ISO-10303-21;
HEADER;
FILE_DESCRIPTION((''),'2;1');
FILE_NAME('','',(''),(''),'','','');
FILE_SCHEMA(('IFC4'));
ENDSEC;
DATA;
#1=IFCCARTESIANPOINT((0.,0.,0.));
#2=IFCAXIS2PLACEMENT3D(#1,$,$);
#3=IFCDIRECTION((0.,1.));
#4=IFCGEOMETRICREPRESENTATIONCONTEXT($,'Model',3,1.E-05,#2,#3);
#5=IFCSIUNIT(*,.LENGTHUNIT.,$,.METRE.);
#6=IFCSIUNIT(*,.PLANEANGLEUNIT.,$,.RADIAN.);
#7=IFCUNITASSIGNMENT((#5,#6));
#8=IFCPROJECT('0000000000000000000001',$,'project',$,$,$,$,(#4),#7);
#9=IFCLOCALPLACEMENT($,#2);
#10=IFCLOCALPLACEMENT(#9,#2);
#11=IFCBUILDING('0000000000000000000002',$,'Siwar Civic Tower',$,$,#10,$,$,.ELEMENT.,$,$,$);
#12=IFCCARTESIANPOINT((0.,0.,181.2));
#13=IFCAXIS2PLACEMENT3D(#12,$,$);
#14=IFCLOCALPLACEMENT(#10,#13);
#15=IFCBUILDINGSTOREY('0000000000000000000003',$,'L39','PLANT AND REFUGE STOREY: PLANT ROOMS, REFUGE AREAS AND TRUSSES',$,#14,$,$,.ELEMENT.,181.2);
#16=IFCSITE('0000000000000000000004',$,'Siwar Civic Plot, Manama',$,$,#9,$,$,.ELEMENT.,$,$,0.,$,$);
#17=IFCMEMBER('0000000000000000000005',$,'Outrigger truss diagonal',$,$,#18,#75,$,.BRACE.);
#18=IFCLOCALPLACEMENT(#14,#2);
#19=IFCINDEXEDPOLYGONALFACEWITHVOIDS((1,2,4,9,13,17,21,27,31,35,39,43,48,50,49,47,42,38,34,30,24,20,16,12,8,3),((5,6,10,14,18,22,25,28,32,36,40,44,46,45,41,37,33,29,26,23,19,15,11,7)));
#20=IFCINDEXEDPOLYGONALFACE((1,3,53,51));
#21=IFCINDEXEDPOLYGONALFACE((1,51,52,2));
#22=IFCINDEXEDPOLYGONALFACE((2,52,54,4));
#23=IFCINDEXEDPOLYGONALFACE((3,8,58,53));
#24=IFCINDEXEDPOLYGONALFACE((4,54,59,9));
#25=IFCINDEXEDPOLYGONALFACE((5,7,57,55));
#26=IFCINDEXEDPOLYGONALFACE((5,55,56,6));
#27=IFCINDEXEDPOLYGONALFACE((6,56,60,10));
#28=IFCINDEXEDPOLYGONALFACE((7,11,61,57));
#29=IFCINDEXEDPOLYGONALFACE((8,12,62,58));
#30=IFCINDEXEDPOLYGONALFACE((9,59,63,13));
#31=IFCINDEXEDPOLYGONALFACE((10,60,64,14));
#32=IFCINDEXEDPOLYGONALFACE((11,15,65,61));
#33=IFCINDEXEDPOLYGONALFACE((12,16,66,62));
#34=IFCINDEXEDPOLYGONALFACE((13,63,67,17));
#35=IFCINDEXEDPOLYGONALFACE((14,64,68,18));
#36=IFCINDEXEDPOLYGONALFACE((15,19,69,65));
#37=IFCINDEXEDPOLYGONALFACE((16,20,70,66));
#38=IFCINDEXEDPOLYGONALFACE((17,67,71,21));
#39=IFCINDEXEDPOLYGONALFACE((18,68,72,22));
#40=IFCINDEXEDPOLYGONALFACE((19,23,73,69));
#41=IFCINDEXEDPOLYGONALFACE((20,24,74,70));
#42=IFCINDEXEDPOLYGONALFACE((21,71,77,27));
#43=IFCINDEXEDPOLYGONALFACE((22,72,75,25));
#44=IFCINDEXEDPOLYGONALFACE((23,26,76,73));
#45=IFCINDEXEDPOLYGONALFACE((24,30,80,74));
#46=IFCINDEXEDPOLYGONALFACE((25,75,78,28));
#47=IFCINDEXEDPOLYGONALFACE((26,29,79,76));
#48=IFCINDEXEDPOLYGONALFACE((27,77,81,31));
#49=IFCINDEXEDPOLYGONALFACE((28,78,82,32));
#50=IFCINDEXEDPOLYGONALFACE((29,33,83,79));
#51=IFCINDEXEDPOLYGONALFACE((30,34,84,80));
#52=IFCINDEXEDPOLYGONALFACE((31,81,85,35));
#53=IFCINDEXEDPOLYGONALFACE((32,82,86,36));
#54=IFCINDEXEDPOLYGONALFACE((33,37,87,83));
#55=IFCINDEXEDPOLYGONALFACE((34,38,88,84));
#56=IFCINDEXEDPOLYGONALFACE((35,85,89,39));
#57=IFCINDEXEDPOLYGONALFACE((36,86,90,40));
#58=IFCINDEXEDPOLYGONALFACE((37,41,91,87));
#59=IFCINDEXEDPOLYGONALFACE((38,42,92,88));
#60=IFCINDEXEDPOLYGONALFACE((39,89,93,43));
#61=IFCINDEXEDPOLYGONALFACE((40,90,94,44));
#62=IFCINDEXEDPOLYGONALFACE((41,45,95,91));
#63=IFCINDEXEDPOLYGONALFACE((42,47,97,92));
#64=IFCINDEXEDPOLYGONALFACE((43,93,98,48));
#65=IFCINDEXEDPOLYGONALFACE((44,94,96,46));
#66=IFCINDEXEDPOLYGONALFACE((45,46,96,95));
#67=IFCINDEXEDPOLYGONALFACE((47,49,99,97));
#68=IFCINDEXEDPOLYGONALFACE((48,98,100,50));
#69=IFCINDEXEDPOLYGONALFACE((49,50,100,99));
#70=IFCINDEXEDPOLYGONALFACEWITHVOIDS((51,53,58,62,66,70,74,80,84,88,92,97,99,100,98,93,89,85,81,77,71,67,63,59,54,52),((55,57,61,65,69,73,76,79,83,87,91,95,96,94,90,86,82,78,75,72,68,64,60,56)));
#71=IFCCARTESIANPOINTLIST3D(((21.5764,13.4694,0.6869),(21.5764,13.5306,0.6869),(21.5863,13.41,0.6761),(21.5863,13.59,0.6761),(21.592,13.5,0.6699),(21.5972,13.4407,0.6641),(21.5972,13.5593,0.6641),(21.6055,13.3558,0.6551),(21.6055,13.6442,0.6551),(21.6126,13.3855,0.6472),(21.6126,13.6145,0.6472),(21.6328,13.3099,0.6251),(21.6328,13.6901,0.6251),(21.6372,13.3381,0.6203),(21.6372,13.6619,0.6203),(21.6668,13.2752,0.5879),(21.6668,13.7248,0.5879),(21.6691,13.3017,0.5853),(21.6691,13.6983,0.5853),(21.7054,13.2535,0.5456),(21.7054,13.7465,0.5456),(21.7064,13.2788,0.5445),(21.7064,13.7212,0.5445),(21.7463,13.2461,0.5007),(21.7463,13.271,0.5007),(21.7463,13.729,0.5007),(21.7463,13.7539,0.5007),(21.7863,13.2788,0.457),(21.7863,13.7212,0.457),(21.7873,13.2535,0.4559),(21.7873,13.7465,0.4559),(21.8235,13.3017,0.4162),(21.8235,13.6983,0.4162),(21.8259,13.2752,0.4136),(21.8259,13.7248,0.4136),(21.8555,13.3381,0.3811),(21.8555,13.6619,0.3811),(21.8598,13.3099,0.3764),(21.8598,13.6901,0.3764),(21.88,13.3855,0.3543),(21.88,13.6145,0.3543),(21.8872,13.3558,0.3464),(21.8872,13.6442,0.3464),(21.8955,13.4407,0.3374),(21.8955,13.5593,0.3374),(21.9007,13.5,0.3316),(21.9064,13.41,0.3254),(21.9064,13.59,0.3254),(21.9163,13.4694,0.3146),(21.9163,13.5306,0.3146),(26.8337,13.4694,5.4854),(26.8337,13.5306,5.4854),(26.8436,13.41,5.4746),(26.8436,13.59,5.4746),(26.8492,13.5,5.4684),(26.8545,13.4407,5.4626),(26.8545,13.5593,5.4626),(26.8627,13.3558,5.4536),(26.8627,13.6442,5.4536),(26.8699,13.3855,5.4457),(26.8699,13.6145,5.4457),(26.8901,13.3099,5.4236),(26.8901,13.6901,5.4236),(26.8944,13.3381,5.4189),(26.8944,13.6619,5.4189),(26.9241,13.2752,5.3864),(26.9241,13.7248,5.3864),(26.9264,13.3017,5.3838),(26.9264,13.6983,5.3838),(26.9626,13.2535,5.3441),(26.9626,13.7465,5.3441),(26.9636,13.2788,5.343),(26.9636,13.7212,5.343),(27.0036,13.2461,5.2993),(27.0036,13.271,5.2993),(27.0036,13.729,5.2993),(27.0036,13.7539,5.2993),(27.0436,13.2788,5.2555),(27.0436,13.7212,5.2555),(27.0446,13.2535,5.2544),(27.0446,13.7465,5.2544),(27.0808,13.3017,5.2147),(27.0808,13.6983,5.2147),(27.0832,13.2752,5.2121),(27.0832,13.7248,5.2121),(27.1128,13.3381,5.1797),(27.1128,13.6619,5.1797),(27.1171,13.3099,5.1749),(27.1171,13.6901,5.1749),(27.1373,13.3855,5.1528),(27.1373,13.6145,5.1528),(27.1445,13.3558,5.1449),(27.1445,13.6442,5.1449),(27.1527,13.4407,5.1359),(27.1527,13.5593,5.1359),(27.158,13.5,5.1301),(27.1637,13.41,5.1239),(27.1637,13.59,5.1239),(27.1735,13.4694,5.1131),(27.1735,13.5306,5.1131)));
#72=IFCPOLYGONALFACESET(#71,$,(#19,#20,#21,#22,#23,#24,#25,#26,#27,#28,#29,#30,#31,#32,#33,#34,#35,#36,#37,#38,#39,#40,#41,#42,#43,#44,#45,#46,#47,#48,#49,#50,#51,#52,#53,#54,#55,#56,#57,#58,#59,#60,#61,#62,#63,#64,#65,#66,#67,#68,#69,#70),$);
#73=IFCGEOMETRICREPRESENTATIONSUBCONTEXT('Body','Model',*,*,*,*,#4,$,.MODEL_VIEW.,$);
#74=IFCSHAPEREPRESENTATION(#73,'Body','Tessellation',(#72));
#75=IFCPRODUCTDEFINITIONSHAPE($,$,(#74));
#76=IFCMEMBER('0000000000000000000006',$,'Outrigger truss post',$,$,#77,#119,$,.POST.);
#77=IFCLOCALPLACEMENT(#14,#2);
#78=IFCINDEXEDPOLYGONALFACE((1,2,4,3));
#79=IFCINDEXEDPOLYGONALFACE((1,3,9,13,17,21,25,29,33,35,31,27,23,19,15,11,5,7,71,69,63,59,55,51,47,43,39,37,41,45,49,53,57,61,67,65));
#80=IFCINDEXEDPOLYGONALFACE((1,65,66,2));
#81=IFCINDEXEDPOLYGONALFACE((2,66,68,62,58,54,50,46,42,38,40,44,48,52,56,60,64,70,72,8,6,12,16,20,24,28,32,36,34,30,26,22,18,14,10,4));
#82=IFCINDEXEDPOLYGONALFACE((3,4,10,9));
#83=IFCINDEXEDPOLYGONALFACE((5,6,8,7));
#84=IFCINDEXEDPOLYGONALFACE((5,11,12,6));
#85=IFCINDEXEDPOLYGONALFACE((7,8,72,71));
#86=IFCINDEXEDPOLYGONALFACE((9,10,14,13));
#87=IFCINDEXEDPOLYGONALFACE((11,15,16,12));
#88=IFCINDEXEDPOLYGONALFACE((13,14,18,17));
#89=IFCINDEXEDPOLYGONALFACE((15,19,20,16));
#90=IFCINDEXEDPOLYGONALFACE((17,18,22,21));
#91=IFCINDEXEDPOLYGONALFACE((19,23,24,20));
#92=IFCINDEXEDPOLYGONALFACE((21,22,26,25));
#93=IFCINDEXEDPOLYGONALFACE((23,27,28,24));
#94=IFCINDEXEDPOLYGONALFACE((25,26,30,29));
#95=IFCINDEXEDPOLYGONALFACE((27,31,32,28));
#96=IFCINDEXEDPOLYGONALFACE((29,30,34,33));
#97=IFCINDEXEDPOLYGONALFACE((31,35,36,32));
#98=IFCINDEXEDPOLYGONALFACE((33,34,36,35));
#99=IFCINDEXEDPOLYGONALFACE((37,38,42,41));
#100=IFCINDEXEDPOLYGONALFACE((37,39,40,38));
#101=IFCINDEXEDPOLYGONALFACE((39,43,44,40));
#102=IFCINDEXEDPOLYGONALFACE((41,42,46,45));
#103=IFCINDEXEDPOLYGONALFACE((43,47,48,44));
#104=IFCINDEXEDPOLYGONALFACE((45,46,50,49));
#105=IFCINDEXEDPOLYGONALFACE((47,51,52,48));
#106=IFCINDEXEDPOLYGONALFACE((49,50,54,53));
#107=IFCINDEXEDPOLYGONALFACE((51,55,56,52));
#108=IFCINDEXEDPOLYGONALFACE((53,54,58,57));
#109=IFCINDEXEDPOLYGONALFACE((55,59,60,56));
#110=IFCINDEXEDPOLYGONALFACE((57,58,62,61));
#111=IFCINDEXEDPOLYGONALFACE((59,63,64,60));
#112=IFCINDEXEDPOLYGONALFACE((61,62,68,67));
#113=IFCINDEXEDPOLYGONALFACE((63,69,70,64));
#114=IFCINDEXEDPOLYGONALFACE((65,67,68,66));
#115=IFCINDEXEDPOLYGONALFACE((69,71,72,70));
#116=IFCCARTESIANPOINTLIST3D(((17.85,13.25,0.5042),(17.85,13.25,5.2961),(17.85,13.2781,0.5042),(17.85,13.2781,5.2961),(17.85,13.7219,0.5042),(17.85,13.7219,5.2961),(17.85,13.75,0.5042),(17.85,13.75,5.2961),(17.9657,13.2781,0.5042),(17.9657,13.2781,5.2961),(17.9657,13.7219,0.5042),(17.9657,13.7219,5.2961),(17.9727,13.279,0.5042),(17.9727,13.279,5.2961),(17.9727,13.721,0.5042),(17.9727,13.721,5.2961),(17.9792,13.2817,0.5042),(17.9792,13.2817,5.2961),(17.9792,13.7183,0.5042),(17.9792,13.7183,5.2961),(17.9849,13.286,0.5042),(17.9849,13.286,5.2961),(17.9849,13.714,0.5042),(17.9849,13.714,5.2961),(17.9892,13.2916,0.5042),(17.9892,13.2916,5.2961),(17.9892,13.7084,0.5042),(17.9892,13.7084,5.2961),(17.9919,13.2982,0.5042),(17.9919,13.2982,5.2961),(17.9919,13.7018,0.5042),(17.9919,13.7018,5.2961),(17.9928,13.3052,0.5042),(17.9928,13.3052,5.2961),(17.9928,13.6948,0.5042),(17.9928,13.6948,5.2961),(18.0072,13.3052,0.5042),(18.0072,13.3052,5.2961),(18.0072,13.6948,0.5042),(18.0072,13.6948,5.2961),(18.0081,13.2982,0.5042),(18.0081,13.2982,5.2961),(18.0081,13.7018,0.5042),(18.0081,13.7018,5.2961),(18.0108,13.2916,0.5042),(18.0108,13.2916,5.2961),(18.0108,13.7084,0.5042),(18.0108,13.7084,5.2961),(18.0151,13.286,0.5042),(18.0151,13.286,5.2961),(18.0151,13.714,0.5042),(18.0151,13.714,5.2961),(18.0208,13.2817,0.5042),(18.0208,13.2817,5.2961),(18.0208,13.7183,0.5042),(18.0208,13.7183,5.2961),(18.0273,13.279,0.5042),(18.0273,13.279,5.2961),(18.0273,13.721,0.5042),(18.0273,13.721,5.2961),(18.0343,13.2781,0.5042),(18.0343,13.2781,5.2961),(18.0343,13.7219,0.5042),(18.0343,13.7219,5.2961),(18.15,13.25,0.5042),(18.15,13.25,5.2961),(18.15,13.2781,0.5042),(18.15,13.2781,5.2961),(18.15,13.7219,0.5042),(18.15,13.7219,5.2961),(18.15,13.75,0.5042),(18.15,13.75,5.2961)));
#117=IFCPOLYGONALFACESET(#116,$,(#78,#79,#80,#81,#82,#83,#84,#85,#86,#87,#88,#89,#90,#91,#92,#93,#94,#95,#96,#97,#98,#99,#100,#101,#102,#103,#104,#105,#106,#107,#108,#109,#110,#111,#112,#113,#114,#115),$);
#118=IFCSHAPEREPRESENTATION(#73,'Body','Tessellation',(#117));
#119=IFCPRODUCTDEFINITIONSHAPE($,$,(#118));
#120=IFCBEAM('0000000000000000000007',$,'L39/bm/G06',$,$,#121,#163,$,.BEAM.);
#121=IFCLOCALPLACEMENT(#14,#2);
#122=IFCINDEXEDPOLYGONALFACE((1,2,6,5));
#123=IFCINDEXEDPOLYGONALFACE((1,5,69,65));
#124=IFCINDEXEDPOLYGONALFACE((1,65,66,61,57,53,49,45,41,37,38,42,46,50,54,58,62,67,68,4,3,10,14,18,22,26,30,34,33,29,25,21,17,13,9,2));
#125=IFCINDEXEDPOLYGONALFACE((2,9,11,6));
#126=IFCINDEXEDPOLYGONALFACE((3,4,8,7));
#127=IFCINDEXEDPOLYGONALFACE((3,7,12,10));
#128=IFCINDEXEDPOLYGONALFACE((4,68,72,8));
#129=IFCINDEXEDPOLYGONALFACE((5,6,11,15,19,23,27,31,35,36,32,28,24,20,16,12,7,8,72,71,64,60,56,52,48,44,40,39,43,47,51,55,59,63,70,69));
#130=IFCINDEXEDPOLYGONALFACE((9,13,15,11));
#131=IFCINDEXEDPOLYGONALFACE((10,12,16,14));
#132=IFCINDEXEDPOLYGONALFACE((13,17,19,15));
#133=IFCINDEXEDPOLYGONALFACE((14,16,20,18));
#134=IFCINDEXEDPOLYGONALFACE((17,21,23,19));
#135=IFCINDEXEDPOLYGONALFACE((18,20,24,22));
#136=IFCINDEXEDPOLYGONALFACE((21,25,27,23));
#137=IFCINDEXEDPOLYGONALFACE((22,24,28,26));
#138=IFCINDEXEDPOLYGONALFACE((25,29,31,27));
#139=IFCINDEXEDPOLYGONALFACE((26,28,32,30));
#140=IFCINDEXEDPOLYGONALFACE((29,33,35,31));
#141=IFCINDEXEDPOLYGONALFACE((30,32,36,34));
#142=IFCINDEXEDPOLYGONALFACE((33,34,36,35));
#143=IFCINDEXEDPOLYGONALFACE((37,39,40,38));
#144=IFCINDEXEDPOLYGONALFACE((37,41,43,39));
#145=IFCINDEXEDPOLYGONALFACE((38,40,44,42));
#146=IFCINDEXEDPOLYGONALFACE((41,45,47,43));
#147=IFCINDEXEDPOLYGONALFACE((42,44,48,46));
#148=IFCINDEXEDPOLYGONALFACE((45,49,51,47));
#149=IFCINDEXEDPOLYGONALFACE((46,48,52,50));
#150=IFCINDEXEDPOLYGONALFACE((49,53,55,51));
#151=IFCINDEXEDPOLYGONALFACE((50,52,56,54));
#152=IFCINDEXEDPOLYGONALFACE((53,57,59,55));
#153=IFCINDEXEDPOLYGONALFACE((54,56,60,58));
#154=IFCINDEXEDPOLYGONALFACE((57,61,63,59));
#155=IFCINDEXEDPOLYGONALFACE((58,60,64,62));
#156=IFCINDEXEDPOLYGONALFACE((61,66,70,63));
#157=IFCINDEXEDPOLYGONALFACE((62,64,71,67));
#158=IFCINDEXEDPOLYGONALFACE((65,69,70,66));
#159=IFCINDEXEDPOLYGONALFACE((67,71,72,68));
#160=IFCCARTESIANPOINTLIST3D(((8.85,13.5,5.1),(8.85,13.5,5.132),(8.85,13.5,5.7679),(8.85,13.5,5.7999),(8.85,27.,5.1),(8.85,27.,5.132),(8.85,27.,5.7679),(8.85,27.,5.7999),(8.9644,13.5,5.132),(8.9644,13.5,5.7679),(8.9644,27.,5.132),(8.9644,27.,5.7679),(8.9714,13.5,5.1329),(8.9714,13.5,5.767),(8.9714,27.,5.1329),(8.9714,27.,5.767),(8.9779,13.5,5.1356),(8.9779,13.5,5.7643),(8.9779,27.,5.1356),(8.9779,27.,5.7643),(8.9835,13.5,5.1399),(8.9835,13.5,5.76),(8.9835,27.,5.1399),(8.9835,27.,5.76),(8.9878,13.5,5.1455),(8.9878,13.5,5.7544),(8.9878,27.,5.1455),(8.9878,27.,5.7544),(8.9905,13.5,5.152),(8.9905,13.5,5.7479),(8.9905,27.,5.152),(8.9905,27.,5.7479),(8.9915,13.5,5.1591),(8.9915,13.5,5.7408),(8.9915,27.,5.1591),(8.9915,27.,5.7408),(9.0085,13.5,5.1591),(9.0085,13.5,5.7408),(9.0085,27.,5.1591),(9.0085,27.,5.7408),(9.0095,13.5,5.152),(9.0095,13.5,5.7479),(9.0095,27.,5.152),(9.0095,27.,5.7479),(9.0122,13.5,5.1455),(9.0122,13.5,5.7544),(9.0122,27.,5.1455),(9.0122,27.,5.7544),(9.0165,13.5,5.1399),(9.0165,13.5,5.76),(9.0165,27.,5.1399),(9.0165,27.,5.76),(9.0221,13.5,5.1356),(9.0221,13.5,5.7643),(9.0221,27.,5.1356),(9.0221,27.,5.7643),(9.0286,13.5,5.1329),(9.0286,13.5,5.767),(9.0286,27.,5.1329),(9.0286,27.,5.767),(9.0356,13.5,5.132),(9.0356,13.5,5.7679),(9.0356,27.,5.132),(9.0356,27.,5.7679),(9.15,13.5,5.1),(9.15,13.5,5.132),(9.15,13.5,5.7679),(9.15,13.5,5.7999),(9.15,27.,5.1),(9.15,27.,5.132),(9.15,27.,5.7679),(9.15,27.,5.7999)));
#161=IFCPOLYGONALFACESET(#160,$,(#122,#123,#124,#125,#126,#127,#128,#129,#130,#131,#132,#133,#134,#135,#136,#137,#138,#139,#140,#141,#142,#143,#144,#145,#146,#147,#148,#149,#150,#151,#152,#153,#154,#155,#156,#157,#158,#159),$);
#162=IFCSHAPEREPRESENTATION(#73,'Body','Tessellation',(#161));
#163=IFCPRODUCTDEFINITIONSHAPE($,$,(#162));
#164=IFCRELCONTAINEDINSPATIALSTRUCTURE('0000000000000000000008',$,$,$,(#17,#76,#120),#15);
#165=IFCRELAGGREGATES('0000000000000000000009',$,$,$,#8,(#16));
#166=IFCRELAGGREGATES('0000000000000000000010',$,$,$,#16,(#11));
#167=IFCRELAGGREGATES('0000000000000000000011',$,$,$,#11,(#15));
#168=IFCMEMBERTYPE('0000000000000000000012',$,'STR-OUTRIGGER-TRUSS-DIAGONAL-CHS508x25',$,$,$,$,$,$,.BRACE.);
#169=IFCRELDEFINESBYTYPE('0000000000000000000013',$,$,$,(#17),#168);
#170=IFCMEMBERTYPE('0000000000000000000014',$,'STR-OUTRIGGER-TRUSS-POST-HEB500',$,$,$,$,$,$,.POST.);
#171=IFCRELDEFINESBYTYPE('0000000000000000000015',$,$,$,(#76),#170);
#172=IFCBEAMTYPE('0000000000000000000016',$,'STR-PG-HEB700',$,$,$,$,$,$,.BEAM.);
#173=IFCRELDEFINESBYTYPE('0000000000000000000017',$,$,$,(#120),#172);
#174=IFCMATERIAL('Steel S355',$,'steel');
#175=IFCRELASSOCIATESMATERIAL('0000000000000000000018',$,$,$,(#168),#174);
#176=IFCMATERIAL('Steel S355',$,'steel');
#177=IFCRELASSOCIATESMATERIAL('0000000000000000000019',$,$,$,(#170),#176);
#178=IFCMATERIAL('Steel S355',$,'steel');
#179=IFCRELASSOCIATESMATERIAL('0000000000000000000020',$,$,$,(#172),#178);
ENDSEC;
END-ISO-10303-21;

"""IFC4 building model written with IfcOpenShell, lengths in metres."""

from ifc_helpers import new_model, si_unit, direction, frame, origin, origin_2d, place, context, subcontext, project, spatial, hollow_circle, i_section, extrude, material, material_profile, profile_set, type_object, element, save


model = new_model("IFC4")

# Units and contexts
model_context = context("Model", 3, precision=1e-05, world=origin(), true_north=direction((0.0, 1.0)))
body_context = subcontext(model_context, "Body", "Model", "MODEL_VIEW")
ifc_project = project(units=[si_unit("LENGTHUNIT", "METRE"), si_unit("PLANEANGLEUNIT", "RADIAN")], contexts=[model_context])

# Site, building, storey
site_placement = place(None, origin())
site = spatial("IfcSite", under=ifc_project, at=site_placement, Name="Siwar Civic Plot, Manama", CompositionType="ELEMENT", RefElevation=0.0)
building_placement = place(site_placement, origin())
building = spatial("IfcBuilding", under=site, at=building_placement, Name="Siwar Civic Tower", CompositionType="ELEMENT")
storey_placement = place(building_placement, frame((0.0, 0.0, 181.2)))
storey = spatial("IfcBuildingStorey", under=building, at=storey_placement, Name="L39", Description="PLANT AND REFUGE STOREY: PLANT ROOMS, REFUGE AREAS AND TRUSSES", CompositionType="ELEMENT", Elevation=181.2)

# Members
ifc_material_1 = material(Name="Steel S355", Category="steel")
ifc_material_profile_1 = material_profile(ifc_material_1, hollow_circle(Radius=0.2539, WallThickness=0.0249, at=origin_2d()), Name="CHS508x25")
ifc_profile_set_1 = profile_set([ifc_material_profile_1], Name="Steel S355")
member_type_1 = type_object("IfcMemberType", Name="STR-OUTRIGGER-TRUSS-DIAGONAL-CHS508x25", PredefinedType="BRACE", material=ifc_profile_set_1)
member_1_placement = place(storey_placement, frame((21.7463, 13.5, 0.5007), z_axis=(0.738596, 0.0, 0.674148), x_axis=(0.0, 1.0, 0.0)))
element("IfcMember", 1, at=member_1_placement, inside=storey, type_object=member_type_1, Name="Outrigger truss diagonal", PredefinedType="BRACE", context=body_context, shape_type="SweptSolid", body=[
    extrude(hollow_circle(Radius=0.2539, WallThickness=0.0249, at=origin_2d()), origin(), (0.0, 0.0, 1.0), 7.1179),
])
ifc_material_2 = material(Name="Steel S355", Category="steel")
ifc_material_profile_2 = material_profile(ifc_material_2, i_section(OverallWidth=0.3, OverallDepth=0.5, WebThickness=0.0144, FlangeThickness=0.0281, FilletRadius=0.0271, at=origin_2d()), Name="HEB500")
ifc_profile_set_2 = profile_set([ifc_material_profile_2], Name="Steel S355")
member_type_2 = type_object("IfcMemberType", Name="STR-OUTRIGGER-TRUSS-POST-HEB500", PredefinedType="POST", material=ifc_profile_set_2)
member_2_placement = place(storey_placement, frame((18.0, 13.5, 0.5042), z_axis=(0.0, 0.0, 1.0), x_axis=(1.0, 0.0, 0.0)))
element("IfcMember", 2, at=member_2_placement, inside=storey, type_object=member_type_2, Name="Outrigger truss post", PredefinedType="POST", context=body_context, shape_type="SweptSolid", body=[
    extrude(i_section(OverallWidth=0.3, OverallDepth=0.5, WebThickness=0.0144, FlangeThickness=0.0281, FilletRadius=0.0271, at=origin_2d()), origin(), (0.0, 0.0, 1.0), 4.792),
])

# Beam
ifc_material_3 = material(Name="Steel S355", Category="steel")
ifc_material_profile_3 = material_profile(ifc_material_3, i_section(OverallWidth=0.3, OverallDepth=0.7, WebThickness=0.0171, FlangeThickness=0.032, FilletRadius=0.0271, at=origin_2d()), Name="HEB700")
ifc_profile_set_3 = profile_set([ifc_material_profile_3], Name="Steel S355")
beam_type_1 = type_object("IfcBeamType", Name="STR-PG-HEB700", PredefinedType="BEAM", material=ifc_profile_set_3)
beam_1_placement = place(storey_placement, frame((9.0, 13.5, 5.45), z_axis=(0.0, 1.0, 0.0), x_axis=(-1.0, 0.0, 0.0)))
element("IfcBeam", 3, at=beam_1_placement, inside=storey, type_object=beam_type_1, Name="L39/bm/G06", PredefinedType="BEAM", context=body_context, shape_type="SweptSolid", body=[
    extrude(i_section(OverallWidth=0.3, OverallDepth=0.7, WebThickness=0.0171, FlangeThickness=0.032, FilletRadius=0.0271, at=origin_2d()), origin(), (0.0, 0.0, 1.0), 13.5),
])

save(model, "model.ifc")
